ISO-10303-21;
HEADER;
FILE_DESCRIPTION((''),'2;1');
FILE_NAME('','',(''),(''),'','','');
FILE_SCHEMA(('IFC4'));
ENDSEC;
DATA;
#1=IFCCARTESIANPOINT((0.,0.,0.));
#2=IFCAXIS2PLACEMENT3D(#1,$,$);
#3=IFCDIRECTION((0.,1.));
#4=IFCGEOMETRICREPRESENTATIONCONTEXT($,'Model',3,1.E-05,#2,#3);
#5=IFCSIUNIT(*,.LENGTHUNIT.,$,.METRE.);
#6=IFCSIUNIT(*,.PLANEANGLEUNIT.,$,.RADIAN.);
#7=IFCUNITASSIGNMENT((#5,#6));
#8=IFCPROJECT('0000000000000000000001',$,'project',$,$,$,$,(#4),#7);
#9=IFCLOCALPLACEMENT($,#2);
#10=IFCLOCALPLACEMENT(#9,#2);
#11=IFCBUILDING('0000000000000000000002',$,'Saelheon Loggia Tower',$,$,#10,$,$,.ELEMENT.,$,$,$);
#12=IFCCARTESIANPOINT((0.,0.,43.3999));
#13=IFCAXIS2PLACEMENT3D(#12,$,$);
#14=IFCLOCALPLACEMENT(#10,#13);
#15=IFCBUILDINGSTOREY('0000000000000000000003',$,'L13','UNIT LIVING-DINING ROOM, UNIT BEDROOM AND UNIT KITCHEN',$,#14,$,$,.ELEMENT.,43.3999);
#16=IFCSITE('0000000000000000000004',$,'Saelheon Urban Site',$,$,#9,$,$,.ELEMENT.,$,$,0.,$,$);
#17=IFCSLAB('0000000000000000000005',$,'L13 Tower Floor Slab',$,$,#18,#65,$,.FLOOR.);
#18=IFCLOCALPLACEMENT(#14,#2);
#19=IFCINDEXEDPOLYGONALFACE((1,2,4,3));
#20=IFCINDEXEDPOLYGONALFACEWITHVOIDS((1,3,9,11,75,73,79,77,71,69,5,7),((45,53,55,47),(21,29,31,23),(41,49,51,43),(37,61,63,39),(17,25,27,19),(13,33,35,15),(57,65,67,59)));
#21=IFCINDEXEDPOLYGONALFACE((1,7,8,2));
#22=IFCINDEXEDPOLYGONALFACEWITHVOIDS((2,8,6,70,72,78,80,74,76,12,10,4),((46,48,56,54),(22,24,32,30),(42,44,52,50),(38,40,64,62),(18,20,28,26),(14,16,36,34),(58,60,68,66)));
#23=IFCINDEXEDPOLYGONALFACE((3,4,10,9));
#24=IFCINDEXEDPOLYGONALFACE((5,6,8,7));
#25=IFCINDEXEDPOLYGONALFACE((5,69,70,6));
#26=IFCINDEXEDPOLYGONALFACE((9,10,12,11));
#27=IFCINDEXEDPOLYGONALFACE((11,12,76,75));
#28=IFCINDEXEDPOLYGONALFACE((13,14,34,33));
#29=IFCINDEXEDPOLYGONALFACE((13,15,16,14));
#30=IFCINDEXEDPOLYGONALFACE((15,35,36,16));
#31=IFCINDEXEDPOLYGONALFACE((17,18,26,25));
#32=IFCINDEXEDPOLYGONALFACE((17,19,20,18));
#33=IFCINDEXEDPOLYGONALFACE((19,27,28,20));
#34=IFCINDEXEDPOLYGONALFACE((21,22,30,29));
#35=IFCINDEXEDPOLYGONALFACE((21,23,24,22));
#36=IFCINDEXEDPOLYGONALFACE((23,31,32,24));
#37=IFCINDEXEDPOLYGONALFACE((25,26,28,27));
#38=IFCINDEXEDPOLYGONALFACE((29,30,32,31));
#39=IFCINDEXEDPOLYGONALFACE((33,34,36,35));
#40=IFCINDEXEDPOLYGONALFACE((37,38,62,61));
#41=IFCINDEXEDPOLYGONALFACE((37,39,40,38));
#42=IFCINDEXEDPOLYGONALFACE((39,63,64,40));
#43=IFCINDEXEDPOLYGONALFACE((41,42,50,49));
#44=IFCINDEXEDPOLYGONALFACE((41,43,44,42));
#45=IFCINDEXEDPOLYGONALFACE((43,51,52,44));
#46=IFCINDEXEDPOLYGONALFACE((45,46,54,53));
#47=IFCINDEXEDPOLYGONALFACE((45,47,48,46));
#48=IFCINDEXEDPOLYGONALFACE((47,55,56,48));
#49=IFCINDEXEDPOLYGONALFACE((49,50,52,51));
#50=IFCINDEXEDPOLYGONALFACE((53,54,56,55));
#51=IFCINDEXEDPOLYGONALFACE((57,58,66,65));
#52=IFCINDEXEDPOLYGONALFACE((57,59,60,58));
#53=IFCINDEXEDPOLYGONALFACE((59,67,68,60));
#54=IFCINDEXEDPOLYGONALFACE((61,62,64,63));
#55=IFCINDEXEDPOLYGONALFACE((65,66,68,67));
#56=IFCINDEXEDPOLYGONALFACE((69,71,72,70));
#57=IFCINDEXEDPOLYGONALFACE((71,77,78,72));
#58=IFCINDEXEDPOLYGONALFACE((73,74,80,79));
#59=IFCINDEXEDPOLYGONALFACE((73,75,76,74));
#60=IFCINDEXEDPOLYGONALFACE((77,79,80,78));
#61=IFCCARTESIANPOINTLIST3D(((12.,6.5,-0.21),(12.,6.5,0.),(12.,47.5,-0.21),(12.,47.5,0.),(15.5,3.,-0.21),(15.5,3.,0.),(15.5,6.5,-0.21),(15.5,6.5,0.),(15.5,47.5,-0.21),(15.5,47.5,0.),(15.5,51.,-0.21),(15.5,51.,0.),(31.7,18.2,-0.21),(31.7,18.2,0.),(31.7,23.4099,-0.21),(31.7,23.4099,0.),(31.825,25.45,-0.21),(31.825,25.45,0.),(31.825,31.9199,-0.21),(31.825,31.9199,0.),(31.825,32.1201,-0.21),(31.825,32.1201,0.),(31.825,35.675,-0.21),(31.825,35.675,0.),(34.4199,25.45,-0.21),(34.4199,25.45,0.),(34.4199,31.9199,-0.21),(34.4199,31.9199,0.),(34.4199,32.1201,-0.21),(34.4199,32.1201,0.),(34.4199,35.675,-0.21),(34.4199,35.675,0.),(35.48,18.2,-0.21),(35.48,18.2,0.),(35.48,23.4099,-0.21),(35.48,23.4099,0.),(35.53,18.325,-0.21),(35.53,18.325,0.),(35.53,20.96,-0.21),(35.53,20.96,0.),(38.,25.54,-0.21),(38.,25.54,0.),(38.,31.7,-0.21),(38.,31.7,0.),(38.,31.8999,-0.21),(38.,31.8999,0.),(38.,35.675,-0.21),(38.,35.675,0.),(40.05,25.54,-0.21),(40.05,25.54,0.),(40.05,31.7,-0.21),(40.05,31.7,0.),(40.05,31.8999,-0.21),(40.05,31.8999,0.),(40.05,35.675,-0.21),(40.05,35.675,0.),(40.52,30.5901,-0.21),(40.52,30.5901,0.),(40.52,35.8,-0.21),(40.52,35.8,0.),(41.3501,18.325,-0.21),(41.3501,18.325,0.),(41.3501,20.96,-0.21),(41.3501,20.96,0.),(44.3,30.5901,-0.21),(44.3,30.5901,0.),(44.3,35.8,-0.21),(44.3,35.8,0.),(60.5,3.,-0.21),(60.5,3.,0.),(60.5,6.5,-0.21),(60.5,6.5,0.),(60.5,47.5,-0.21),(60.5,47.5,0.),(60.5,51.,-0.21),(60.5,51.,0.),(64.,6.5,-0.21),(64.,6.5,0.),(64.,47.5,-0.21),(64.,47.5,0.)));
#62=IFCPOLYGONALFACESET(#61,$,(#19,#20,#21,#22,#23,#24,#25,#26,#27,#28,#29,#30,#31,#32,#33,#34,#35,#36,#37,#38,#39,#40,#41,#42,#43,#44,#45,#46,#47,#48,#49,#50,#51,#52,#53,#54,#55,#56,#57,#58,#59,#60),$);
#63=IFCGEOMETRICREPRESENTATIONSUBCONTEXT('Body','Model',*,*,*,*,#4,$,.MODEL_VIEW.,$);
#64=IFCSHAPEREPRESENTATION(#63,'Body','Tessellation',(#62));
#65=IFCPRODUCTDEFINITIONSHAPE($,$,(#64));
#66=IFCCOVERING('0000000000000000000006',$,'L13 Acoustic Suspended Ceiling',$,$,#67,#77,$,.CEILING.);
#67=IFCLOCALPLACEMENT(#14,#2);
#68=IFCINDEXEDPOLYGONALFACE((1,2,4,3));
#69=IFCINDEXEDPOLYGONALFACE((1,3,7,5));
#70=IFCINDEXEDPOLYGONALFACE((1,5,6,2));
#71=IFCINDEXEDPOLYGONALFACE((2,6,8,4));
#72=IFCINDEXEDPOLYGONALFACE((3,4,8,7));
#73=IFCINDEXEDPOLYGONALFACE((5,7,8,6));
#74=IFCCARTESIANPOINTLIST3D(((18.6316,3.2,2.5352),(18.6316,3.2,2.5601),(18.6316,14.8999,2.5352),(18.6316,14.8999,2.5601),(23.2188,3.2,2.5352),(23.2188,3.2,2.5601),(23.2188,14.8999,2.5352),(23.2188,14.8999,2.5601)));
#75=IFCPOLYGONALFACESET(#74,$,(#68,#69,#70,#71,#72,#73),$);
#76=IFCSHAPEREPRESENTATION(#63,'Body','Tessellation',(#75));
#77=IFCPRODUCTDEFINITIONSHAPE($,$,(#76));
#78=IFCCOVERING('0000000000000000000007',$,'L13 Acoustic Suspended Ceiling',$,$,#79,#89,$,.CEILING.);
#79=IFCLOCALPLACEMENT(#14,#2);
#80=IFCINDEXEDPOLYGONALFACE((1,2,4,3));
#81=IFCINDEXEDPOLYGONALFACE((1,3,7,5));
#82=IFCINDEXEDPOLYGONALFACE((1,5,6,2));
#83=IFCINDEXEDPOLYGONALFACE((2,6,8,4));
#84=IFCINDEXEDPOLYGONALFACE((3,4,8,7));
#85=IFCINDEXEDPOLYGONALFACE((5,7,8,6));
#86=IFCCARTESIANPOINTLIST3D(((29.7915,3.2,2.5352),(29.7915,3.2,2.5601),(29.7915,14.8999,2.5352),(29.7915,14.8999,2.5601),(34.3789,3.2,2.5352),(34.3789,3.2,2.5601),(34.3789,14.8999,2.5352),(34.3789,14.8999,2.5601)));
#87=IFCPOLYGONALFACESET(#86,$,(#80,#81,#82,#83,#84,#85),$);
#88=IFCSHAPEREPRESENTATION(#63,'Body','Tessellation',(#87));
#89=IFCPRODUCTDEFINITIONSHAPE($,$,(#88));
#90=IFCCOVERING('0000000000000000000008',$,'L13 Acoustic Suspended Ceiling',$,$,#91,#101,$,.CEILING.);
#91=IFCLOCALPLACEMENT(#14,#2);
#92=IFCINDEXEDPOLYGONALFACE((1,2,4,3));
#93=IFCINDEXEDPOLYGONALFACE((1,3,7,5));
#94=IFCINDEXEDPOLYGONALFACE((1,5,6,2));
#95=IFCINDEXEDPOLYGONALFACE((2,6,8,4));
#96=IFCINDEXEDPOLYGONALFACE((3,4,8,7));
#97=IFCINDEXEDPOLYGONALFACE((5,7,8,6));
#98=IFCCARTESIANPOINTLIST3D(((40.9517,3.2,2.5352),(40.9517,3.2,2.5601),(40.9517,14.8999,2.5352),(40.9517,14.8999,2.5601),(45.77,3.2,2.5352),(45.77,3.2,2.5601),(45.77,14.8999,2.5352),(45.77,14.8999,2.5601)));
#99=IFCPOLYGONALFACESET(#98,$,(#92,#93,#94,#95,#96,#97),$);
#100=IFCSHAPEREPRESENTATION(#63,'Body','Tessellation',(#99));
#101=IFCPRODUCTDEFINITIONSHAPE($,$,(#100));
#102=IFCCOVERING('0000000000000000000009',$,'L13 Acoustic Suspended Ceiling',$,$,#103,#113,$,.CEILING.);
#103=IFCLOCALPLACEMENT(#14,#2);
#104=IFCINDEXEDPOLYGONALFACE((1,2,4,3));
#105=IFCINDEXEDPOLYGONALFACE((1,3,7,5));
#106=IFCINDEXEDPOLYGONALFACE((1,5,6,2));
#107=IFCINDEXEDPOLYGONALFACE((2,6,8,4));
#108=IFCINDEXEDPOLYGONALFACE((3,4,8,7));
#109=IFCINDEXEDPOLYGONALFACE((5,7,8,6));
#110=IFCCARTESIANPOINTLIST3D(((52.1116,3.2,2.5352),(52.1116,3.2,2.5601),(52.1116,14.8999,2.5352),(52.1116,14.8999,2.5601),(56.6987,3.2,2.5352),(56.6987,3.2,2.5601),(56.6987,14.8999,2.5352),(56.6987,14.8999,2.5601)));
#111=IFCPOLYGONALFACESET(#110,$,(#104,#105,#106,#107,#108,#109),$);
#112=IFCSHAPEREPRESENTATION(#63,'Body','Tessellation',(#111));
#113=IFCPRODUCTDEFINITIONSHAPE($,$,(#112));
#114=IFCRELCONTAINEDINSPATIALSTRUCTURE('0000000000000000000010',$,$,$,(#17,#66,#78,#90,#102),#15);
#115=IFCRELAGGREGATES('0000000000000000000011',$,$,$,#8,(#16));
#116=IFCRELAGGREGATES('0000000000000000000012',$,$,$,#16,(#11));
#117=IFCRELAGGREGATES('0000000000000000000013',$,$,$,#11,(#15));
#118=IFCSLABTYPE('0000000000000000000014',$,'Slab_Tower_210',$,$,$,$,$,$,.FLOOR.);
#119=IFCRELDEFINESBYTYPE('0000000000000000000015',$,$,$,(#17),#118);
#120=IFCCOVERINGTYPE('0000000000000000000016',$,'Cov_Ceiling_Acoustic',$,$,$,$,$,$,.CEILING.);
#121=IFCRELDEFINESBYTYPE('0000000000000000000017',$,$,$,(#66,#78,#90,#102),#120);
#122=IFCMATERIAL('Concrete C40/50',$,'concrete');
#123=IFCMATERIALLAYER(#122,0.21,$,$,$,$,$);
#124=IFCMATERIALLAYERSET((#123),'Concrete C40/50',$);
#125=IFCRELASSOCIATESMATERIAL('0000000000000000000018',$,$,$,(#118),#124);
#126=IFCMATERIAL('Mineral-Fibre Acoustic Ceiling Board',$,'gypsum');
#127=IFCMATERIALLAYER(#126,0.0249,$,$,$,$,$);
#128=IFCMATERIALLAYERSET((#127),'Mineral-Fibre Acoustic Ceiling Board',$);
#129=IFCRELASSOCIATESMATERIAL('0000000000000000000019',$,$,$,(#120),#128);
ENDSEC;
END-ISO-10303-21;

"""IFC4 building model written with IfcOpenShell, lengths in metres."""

from ifc_helpers import new_model, si_unit, direction, frame, origin, place, context, subcontext, project, spatial, polyline, outline, extrude, material, layer, layer_set, type_object, element, save


model = new_model("IFC4")

# Units and contexts
model_context = context("Model", 3, precision=1e-05, world=origin(), true_north=direction((0.0, 1.0)))
body_context = subcontext(model_context, "Body", "Model", "MODEL_VIEW")
ifc_project = project(units=[si_unit("LENGTHUNIT", "METRE"), si_unit("PLANEANGLEUNIT", "RADIAN")], contexts=[model_context])

# Site, building, storey
site_placement = place(None, origin())
site = spatial("IfcSite", under=ifc_project, at=site_placement, Name="Saelheon Urban Site", CompositionType="ELEMENT", RefElevation=0.0)
building_placement = place(site_placement, origin())
building = spatial("IfcBuilding", under=site, at=building_placement, Name="Saelheon Loggia Tower", CompositionType="ELEMENT")
storey_placement = place(building_placement, frame((0.0, 0.0, 43.3999)))
storey = spatial("IfcBuildingStorey", under=building, at=storey_placement, Name="L13", Description="UNIT LIVING-DINING ROOM, UNIT BEDROOM AND UNIT KITCHEN", CompositionType="ELEMENT", Elevation=43.3999)

# Shared definitions
ifc_material_1 = material(Name="Concrete C40/50", Category="concrete")

# Slab
ifc_layer_1 = layer(ifc_material_1, 0.21)
ifc_layer_set_1 = layer_set([ifc_layer_1], Name="Concrete C40/50")
slab_type_1 = type_object("IfcSlabType", Name="Slab_Tower_210", PredefinedType="FLOOR", material=ifc_layer_set_1)
slab_1_placement = place(storey_placement, frame((0.0, 0.0, -0.21)))
element("IfcSlab", 1, at=slab_1_placement, inside=storey, type_object=slab_type_1, Name="L13 Tower Floor Slab", PredefinedType="FLOOR", context=body_context, shape_type="SweptSolid", body=[
    extrude(outline(polyline([(15.5, 3.0), (60.5, 3.0), (60.5, 6.5), (64.0, 6.5), (64.0, 47.5), (60.5, 47.5), (60.5, 51.0), (15.5, 51.0), (15.5, 47.5), (12.0, 47.5), (12.0, 6.5), (15.5, 6.5), (15.5, 3.0)]), holes=[polyline([(31.7, 23.4099), (31.7, 18.2), (35.48, 18.2), (35.48, 23.4099), (31.7, 23.4099)]), polyline([(44.3, 30.5901), (44.3, 35.8), (40.52, 35.8), (40.52, 30.5901), (44.3, 30.5901)]), polyline([(35.53, 18.325), (41.3501, 18.325), (41.3501, 20.96), (35.53, 20.96), (35.53, 18.325)]), polyline([(31.825, 32.1201), (34.4199, 32.1201), (34.4199, 35.675), (31.825, 35.675), (31.825, 32.1201)]), polyline([(38.0, 31.8999), (40.05, 31.8999), (40.05, 35.675), (38.0, 35.675), (38.0, 31.8999)]), polyline([(31.825, 25.45), (34.4199, 25.45), (34.4199, 31.9199), (31.825, 31.9199), (31.825, 25.45)]), polyline([(38.0, 25.54), (40.05, 25.54), (40.05, 31.7), (38.0, 31.7), (38.0, 25.54)])]), origin(), (0.0, 0.0, 1.0), 0.21),
])

# Coverings
ifc_material_2 = material(Name="Mineral-Fibre Acoustic Ceiling Board", Category="gypsum")
ifc_layer_2 = layer(ifc_material_2, 0.0249)
ifc_layer_set_2 = layer_set([ifc_layer_2], Name="Mineral-Fibre Acoustic Ceiling Board")
covering_type = type_object("IfcCoveringType", Name="Cov_Ceiling_Acoustic", PredefinedType="CEILING", material=ifc_layer_set_2)
covering_1_placement = place(storey_placement, frame((0.0, 0.0, 2.5352)))
element("IfcCovering", 2, at=covering_1_placement, inside=storey, type_object=covering_type, Name="L13 Acoustic Suspended Ceiling", PredefinedType="CEILING", context=body_context, shape_type="SweptSolid", body=[
    extrude(outline(polyline([(18.6316, 3.2), (23.2188, 3.2), (23.2188, 14.8999), (18.6316, 14.8999), (18.6316, 3.2)])), origin(), (0.0, 0.0, 1.0), 0.0249),
])
covering_2_placement = place(storey_placement, frame((0.0, 0.0, 2.5352)))
element("IfcCovering", 3, at=covering_2_placement, inside=storey, type_object=covering_type, Name="L13 Acoustic Suspended Ceiling", PredefinedType="CEILING", context=body_context, shape_type="SweptSolid", body=[
    extrude(outline(polyline([(29.7915, 3.2), (34.3789, 3.2), (34.3789, 14.8999), (29.7915, 14.8999), (29.7915, 3.2)])), origin(), (0.0, 0.0, 1.0), 0.0249),
])
covering_3_placement = place(storey_placement, frame((0.0, 0.0, 2.5352)))
element("IfcCovering", 4, at=covering_3_placement, inside=storey, type_object=covering_type, Name="L13 Acoustic Suspended Ceiling", PredefinedType="CEILING", context=body_context, shape_type="SweptSolid", body=[
    extrude(outline(polyline([(40.9517, 3.2), (45.77, 3.2), (45.77, 14.8999), (40.9517, 14.8999), (40.9517, 3.2)])), origin(), (0.0, 0.0, 1.0), 0.0249),
])
covering_4_placement = place(storey_placement, frame((0.0, 0.0, 2.5352)))
element("IfcCovering", 5, at=covering_4_placement, inside=storey, type_object=covering_type, Name="L13 Acoustic Suspended Ceiling", PredefinedType="CEILING", context=body_context, shape_type="SweptSolid", body=[
    extrude(outline(polyline([(52.1116, 3.2), (56.6987, 3.2), (56.6987, 14.8999), (52.1116, 14.8999), (52.1116, 3.2)])), origin(), (0.0, 0.0, 1.0), 0.0249),
])

save(model, "model.ifc")
